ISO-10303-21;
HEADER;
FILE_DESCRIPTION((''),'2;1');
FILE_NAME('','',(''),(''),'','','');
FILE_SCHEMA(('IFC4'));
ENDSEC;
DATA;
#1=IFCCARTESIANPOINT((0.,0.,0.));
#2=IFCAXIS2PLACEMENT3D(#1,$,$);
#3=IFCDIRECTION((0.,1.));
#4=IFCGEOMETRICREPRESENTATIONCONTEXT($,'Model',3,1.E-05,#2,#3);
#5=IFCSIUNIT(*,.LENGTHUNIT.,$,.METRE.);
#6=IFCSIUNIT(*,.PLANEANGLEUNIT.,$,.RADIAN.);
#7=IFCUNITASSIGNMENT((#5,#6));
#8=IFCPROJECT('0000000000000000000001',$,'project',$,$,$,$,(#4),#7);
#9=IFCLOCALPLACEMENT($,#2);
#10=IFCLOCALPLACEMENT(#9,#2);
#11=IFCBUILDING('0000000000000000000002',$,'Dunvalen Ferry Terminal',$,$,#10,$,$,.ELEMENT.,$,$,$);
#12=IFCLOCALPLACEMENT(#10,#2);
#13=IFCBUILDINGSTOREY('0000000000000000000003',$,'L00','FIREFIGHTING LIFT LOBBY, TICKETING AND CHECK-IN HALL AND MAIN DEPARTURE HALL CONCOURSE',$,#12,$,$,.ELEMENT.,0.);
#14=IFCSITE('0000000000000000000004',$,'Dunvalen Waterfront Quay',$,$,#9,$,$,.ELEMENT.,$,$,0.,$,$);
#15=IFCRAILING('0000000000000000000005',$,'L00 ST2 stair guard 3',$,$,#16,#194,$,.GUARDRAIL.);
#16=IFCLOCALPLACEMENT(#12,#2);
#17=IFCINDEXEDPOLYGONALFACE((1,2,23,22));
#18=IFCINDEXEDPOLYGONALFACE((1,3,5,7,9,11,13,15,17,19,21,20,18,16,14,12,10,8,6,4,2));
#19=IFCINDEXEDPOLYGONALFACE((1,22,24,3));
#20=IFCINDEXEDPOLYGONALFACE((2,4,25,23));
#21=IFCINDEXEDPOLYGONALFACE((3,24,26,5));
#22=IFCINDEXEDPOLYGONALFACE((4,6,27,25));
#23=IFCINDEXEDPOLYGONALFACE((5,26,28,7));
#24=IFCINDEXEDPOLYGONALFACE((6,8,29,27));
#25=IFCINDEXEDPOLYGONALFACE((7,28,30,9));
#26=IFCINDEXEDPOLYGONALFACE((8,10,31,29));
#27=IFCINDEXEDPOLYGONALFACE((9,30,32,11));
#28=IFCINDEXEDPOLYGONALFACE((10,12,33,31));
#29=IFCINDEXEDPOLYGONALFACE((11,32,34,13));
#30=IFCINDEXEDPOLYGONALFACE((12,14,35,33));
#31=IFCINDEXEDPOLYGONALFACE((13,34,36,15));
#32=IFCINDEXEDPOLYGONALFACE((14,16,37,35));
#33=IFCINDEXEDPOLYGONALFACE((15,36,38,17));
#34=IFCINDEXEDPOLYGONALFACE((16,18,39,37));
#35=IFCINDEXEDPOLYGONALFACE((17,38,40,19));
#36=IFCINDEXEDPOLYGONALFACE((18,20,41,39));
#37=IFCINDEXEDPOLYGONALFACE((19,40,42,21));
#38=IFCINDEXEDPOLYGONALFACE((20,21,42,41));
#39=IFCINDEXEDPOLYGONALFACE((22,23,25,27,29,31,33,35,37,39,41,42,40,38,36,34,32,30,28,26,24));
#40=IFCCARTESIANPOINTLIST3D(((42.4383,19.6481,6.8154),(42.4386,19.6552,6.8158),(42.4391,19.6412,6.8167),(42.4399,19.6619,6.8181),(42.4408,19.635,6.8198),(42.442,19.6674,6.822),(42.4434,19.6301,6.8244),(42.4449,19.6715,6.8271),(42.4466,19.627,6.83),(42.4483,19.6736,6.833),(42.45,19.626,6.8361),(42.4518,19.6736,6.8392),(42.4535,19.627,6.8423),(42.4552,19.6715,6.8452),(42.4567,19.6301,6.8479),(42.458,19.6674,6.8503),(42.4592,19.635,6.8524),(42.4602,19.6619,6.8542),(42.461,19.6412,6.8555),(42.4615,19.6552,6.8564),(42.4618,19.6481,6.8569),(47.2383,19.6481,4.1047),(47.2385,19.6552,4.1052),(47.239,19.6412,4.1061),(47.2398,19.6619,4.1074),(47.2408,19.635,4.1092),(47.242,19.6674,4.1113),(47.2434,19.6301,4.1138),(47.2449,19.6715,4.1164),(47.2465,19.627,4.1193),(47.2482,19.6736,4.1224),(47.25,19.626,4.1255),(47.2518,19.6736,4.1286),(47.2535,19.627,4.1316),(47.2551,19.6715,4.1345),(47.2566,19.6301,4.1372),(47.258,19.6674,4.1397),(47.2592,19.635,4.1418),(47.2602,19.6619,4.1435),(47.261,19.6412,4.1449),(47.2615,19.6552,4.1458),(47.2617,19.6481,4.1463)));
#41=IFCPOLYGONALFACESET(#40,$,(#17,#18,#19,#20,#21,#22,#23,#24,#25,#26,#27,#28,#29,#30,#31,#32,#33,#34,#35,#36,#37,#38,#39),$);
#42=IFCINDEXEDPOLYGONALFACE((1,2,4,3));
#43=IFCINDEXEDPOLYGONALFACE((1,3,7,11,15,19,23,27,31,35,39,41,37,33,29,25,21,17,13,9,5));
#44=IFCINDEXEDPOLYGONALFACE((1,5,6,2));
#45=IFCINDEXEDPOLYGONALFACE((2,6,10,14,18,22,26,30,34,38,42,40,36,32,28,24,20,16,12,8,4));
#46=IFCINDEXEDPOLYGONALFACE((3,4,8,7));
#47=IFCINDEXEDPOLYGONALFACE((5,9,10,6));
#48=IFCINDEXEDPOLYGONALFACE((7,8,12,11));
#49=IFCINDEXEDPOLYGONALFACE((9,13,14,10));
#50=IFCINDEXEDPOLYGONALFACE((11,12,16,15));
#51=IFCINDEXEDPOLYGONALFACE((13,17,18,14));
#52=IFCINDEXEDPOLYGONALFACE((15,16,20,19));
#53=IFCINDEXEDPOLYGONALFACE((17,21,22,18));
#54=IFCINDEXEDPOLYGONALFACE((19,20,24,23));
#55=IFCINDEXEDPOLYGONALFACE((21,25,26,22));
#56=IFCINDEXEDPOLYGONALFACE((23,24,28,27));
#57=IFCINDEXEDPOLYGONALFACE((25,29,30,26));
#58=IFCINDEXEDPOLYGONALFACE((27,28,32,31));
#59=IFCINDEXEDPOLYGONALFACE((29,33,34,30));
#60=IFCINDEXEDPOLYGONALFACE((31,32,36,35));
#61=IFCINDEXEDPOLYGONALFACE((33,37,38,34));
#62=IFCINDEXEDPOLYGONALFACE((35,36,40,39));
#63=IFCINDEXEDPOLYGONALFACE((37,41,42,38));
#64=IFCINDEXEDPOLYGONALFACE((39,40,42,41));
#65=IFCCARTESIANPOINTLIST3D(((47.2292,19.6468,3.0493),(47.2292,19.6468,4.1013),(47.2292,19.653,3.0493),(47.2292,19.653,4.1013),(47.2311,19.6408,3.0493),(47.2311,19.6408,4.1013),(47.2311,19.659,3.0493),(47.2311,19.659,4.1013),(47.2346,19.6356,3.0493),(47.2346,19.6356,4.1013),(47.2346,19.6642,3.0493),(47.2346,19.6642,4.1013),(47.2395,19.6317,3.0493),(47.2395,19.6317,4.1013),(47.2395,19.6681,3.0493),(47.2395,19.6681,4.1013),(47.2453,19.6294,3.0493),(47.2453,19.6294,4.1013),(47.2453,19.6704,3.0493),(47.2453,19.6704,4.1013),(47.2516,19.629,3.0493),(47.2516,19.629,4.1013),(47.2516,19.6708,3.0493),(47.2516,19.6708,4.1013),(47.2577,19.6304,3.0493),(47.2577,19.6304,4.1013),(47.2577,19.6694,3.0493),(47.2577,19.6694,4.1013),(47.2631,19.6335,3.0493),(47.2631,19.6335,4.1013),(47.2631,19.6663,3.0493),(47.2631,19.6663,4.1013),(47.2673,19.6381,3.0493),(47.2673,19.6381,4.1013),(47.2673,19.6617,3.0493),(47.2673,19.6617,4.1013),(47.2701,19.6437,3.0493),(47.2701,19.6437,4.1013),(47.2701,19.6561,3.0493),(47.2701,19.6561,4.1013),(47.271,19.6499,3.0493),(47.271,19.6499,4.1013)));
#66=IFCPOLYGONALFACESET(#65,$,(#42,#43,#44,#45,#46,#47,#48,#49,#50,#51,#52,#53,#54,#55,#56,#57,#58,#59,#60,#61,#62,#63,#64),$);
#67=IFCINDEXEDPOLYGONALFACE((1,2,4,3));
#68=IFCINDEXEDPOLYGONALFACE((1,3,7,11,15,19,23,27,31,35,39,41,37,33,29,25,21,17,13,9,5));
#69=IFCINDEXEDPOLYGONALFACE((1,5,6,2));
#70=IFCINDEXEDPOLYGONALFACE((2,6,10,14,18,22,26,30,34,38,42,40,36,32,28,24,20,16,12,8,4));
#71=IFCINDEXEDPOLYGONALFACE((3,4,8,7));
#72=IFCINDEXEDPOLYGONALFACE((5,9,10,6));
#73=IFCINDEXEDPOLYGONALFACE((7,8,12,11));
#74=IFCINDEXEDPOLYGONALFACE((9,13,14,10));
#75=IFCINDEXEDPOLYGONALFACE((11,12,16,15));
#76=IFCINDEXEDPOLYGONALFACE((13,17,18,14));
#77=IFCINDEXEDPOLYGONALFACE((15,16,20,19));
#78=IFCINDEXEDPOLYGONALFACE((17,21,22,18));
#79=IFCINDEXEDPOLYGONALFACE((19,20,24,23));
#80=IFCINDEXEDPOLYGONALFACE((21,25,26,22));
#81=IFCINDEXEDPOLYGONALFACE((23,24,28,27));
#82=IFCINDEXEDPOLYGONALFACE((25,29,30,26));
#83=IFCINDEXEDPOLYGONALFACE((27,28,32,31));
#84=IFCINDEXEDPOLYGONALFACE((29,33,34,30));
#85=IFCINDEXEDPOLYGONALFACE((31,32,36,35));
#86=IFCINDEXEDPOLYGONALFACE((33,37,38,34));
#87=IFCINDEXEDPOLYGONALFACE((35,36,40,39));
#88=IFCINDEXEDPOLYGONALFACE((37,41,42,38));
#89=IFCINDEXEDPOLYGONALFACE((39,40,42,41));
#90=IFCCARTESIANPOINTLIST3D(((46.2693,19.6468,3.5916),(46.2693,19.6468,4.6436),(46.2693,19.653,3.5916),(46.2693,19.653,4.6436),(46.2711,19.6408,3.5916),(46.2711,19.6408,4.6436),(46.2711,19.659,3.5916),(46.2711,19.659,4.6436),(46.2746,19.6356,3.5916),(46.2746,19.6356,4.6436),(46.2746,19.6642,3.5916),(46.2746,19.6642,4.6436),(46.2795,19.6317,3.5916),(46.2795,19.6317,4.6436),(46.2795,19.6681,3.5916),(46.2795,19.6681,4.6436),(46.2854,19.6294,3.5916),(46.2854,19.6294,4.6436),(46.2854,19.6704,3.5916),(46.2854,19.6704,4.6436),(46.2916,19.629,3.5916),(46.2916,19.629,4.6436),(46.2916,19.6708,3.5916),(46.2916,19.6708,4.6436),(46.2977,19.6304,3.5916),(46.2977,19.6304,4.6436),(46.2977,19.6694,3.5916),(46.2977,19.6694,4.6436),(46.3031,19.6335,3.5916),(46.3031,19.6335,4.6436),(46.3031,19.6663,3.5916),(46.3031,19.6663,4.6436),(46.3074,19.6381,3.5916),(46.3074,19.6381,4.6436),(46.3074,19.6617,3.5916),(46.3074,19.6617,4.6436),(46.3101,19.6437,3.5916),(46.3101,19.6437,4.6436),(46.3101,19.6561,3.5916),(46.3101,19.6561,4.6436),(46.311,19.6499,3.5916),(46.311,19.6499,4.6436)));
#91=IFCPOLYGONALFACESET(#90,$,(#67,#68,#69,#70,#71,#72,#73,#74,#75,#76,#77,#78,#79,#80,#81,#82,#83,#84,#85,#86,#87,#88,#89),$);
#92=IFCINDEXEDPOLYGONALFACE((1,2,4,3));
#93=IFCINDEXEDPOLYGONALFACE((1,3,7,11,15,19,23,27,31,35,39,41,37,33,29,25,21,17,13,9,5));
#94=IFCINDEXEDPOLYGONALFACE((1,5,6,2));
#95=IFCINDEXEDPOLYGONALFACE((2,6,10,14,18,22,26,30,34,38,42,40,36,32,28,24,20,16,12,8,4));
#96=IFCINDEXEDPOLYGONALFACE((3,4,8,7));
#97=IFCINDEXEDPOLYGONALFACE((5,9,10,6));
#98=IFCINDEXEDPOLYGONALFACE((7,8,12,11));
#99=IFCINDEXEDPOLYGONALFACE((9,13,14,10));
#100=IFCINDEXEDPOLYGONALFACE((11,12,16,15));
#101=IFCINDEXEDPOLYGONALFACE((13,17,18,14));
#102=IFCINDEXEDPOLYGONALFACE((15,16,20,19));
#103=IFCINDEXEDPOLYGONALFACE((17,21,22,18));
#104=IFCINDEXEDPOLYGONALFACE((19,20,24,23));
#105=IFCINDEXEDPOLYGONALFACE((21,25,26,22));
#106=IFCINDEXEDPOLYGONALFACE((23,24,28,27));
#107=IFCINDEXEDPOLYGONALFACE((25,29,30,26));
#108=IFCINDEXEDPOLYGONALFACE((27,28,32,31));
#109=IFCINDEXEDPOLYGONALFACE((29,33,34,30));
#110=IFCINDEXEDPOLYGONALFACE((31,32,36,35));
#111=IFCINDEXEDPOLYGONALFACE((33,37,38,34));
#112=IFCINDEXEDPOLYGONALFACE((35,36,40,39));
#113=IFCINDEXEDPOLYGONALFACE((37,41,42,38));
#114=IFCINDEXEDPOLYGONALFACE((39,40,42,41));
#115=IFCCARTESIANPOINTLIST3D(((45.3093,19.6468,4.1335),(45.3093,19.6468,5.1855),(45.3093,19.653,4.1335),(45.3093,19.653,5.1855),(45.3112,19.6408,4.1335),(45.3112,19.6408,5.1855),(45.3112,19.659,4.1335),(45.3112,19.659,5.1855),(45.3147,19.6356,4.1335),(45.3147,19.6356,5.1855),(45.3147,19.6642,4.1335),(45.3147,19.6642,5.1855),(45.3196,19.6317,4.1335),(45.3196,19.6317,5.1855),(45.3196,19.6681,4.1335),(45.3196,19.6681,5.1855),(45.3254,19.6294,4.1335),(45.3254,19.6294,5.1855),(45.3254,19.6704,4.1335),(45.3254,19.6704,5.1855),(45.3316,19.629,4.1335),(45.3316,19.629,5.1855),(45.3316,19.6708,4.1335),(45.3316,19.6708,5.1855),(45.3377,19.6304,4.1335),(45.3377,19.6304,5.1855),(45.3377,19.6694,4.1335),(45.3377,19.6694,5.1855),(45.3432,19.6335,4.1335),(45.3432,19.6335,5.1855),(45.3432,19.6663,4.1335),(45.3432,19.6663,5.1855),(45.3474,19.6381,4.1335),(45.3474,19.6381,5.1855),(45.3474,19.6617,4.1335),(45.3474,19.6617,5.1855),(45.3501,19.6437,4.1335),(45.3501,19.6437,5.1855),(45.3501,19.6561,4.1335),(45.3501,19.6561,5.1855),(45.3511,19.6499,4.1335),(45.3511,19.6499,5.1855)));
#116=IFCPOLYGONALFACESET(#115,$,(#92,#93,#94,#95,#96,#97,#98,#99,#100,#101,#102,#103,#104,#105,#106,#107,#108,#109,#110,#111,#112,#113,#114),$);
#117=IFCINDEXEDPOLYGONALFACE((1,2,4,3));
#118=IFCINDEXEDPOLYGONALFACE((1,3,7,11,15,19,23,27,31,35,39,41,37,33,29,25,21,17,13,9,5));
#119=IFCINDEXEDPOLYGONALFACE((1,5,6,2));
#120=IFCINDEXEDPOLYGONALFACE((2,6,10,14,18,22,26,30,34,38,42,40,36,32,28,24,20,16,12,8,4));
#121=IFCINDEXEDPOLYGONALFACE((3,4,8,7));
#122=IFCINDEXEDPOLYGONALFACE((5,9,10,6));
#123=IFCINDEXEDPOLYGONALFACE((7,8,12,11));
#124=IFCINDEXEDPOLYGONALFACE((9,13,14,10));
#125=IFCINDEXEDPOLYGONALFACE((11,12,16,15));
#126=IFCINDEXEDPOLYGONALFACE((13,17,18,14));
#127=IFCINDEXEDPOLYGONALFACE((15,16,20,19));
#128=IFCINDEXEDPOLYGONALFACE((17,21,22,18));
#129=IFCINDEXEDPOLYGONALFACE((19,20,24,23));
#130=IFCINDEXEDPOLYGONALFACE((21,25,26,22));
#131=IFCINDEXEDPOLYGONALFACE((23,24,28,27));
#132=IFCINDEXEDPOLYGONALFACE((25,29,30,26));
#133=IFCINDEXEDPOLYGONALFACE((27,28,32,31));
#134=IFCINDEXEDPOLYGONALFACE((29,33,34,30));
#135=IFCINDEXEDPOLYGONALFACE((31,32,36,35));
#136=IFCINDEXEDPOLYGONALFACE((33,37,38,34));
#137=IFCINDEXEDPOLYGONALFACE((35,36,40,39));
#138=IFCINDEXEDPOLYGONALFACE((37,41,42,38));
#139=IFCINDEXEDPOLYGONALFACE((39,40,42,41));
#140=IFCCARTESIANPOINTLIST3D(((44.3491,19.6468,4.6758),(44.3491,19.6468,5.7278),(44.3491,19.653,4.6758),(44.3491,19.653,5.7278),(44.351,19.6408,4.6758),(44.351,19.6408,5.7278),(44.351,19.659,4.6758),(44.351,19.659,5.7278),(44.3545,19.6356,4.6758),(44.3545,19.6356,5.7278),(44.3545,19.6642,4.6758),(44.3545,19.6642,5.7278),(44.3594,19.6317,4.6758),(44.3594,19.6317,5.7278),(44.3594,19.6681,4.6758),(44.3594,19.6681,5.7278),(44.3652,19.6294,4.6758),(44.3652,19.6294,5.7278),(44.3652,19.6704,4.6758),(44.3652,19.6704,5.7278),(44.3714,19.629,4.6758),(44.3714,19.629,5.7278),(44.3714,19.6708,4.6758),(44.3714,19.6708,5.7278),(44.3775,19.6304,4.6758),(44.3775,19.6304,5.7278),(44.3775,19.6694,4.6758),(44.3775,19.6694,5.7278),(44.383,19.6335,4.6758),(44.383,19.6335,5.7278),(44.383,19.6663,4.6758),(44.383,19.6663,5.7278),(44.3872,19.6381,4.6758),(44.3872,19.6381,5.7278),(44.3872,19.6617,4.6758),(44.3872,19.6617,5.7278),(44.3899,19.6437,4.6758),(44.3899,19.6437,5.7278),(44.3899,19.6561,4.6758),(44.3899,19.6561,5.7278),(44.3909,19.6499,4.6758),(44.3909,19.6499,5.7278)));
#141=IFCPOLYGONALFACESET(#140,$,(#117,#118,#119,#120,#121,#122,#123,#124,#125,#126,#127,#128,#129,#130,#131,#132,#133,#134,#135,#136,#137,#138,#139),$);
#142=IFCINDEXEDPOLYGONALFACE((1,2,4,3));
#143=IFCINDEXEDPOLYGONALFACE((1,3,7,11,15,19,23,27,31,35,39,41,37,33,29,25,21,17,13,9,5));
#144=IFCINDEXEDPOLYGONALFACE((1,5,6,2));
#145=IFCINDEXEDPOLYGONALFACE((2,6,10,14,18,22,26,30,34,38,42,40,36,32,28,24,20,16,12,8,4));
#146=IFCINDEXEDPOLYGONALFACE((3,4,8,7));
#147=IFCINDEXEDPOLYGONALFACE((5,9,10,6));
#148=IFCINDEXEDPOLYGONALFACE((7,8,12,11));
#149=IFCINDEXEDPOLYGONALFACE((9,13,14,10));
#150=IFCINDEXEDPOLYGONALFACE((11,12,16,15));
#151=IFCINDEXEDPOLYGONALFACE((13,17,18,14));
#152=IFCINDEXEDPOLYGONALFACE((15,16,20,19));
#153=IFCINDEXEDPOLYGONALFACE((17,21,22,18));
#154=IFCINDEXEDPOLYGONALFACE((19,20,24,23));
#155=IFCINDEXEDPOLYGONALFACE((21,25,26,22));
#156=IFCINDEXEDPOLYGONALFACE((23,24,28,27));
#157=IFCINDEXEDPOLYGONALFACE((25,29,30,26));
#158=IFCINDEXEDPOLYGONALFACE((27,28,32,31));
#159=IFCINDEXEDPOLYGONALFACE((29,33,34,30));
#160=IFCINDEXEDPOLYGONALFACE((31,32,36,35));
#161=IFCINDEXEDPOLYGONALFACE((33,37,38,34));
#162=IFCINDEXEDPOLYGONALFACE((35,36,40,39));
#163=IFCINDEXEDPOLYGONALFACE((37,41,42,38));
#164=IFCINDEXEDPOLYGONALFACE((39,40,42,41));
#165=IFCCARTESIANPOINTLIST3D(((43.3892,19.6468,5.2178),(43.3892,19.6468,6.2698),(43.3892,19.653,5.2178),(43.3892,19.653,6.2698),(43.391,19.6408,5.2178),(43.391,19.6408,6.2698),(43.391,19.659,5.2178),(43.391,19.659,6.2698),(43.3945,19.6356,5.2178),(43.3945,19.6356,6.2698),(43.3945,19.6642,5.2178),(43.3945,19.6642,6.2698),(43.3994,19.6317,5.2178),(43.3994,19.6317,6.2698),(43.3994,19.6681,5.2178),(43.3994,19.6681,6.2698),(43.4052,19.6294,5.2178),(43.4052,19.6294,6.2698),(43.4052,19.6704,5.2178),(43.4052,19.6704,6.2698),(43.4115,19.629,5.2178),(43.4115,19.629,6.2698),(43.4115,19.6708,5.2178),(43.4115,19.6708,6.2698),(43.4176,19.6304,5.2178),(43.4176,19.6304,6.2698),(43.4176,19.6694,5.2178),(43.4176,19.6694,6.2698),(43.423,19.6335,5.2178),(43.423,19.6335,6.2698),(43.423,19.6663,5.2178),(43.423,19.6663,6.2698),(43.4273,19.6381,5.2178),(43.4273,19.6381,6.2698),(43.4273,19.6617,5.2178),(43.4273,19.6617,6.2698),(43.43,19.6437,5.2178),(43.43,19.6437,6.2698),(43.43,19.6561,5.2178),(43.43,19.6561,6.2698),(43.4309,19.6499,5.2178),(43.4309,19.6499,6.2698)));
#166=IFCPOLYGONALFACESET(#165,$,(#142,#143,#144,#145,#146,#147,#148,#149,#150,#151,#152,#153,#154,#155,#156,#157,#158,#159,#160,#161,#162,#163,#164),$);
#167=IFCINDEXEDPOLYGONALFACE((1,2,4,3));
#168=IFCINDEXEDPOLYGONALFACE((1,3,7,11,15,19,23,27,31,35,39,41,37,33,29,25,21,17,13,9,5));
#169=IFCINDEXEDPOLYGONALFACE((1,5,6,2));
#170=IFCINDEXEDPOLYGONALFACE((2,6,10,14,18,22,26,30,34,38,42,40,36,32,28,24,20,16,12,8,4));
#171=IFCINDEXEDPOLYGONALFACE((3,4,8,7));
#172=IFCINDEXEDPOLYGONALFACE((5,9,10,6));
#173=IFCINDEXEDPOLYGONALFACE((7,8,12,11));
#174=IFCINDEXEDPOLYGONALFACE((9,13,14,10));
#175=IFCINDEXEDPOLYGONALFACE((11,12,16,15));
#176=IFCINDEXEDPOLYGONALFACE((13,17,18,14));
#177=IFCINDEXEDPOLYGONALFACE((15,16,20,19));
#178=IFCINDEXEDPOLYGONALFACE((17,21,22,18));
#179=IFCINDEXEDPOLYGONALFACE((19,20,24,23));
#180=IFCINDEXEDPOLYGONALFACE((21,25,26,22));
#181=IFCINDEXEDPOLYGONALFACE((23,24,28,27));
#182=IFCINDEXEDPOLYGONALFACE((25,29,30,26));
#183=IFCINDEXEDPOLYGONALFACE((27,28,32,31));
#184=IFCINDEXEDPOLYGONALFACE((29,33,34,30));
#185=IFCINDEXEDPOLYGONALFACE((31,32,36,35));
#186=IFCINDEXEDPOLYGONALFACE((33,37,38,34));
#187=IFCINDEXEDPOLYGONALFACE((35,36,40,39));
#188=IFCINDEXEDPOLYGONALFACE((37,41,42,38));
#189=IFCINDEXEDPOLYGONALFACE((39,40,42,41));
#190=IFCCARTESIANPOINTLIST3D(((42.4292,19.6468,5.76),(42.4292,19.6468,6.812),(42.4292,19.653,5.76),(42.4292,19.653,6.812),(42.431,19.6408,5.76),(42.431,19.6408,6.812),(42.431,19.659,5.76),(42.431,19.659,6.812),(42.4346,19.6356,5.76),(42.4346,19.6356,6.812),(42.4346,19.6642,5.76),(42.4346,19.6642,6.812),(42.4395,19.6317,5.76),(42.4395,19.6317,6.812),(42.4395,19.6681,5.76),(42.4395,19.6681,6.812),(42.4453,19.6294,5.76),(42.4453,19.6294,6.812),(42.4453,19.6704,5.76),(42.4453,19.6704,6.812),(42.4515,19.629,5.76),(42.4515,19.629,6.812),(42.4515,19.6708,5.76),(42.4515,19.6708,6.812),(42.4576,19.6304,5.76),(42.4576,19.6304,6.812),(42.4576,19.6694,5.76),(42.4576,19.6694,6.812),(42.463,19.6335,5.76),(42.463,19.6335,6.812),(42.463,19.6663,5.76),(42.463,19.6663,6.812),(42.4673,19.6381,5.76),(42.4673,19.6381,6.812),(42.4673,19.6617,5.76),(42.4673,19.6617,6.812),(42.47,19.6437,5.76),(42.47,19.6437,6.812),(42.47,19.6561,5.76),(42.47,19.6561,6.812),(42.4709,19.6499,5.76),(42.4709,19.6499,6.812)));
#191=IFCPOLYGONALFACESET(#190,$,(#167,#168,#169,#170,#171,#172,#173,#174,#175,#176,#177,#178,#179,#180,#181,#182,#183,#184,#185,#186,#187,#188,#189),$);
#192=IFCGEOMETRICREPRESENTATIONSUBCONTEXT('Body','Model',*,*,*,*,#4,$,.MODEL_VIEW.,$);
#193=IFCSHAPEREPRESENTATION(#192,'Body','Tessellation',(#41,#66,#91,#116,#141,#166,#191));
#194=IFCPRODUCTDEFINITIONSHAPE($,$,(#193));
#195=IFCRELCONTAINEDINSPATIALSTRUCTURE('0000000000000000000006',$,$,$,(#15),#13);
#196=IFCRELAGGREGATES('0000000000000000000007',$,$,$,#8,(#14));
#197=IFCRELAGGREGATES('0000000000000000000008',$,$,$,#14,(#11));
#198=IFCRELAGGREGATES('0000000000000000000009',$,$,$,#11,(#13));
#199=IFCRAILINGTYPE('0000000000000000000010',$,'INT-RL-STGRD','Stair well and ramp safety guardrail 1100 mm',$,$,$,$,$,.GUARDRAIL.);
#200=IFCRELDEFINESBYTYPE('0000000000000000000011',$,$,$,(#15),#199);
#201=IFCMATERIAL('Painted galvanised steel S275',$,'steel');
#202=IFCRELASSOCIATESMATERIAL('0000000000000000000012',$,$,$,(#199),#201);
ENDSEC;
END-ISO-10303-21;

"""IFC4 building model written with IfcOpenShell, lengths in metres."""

from ifc_helpers import new_model, si_unit, direction, frame, origin, origin_2d, place, context, subcontext, project, spatial, circle, extrude, material, type_object, element, save


model = new_model("IFC4")

# Units and contexts
model_context = context("Model", 3, precision=1e-05, world=origin(), true_north=direction((0.0, 1.0)))
body_context = subcontext(model_context, "Body", "Model", "MODEL_VIEW")
ifc_project = project(units=[si_unit("LENGTHUNIT", "METRE"), si_unit("PLANEANGLEUNIT", "RADIAN")], contexts=[model_context])

# Site, building, storey
site_placement = place(None, origin())
site = spatial("IfcSite", under=ifc_project, at=site_placement, Name="Dunvalen Waterfront Quay", CompositionType="ELEMENT", RefElevation=0.0)
building_placement = place(site_placement, origin())
building = spatial("IfcBuilding", under=site, at=building_placement, Name="Dunvalen Ferry Terminal", CompositionType="ELEMENT")
storey_placement = place(building_placement, origin())
storey = spatial("IfcBuildingStorey", under=building, at=storey_placement, Name="L00", Description="FIREFIGHTING LIFT LOBBY, TICKETING AND CHECK-IN HALL AND MAIN DEPARTURE HALL CONCOURSE", CompositionType="ELEMENT", Elevation=0.0)

# Railing
ifc_material_1 = material(Name="Painted galvanised steel S275", Category="steel")
railing_type_1 = type_object("IfcRailingType", Name="INT-RL-STGRD", Description="Stair well and ramp safety guardrail 1100 mm", PredefinedType="GUARDRAIL", material=ifc_material_1)
railing_1_placement = place(storey_placement, frame((47.25, 19.6499, 3.0493)))
element("IfcRailing", 1, at=railing_1_placement, inside=storey, type_object=railing_type_1, Name="L00 ST2 stair guard 3", PredefinedType="GUARDRAIL", context=body_context, shape_type="SweptSolid", body=[
    extrude(circle(Radius=0.0239, at=origin_2d()), frame((0.0, 0.0, 1.0762), z_axis=(-0.870748, 0.0, 0.49173), x_axis=(0.0, -1.0, 0.0)), (0.0, 0.0, 1.0), 5.5125),
    extrude(circle(Radius=0.021, at=origin_2d()), origin(), (0.0, 0.0, 1.0), 1.052),
    extrude(circle(Radius=0.021, at=origin_2d()), frame((-0.96, 0.0, 0.5422)), (0.0, 0.0, 1.0), 1.052),
    extrude(circle(Radius=0.021, at=origin_2d()), frame((-1.9199, 0.0, 1.0842)), (0.0, 0.0, 1.0), 1.052),
    extrude(circle(Radius=0.021, at=origin_2d()), frame((-2.8801, 0.0, 1.6265)), (0.0, 0.0, 1.0), 1.052),
    extrude(circle(Radius=0.021, at=origin_2d()), frame((-3.8401, 0.0, 2.1685)), (0.0, 0.0, 1.0), 1.052),
    extrude(circle(Radius=0.021, at=origin_2d()), frame((-4.8, 0.0, 2.7107)), (0.0, 0.0, 1.0), 1.052),
])

save(model, "model.ifc")
